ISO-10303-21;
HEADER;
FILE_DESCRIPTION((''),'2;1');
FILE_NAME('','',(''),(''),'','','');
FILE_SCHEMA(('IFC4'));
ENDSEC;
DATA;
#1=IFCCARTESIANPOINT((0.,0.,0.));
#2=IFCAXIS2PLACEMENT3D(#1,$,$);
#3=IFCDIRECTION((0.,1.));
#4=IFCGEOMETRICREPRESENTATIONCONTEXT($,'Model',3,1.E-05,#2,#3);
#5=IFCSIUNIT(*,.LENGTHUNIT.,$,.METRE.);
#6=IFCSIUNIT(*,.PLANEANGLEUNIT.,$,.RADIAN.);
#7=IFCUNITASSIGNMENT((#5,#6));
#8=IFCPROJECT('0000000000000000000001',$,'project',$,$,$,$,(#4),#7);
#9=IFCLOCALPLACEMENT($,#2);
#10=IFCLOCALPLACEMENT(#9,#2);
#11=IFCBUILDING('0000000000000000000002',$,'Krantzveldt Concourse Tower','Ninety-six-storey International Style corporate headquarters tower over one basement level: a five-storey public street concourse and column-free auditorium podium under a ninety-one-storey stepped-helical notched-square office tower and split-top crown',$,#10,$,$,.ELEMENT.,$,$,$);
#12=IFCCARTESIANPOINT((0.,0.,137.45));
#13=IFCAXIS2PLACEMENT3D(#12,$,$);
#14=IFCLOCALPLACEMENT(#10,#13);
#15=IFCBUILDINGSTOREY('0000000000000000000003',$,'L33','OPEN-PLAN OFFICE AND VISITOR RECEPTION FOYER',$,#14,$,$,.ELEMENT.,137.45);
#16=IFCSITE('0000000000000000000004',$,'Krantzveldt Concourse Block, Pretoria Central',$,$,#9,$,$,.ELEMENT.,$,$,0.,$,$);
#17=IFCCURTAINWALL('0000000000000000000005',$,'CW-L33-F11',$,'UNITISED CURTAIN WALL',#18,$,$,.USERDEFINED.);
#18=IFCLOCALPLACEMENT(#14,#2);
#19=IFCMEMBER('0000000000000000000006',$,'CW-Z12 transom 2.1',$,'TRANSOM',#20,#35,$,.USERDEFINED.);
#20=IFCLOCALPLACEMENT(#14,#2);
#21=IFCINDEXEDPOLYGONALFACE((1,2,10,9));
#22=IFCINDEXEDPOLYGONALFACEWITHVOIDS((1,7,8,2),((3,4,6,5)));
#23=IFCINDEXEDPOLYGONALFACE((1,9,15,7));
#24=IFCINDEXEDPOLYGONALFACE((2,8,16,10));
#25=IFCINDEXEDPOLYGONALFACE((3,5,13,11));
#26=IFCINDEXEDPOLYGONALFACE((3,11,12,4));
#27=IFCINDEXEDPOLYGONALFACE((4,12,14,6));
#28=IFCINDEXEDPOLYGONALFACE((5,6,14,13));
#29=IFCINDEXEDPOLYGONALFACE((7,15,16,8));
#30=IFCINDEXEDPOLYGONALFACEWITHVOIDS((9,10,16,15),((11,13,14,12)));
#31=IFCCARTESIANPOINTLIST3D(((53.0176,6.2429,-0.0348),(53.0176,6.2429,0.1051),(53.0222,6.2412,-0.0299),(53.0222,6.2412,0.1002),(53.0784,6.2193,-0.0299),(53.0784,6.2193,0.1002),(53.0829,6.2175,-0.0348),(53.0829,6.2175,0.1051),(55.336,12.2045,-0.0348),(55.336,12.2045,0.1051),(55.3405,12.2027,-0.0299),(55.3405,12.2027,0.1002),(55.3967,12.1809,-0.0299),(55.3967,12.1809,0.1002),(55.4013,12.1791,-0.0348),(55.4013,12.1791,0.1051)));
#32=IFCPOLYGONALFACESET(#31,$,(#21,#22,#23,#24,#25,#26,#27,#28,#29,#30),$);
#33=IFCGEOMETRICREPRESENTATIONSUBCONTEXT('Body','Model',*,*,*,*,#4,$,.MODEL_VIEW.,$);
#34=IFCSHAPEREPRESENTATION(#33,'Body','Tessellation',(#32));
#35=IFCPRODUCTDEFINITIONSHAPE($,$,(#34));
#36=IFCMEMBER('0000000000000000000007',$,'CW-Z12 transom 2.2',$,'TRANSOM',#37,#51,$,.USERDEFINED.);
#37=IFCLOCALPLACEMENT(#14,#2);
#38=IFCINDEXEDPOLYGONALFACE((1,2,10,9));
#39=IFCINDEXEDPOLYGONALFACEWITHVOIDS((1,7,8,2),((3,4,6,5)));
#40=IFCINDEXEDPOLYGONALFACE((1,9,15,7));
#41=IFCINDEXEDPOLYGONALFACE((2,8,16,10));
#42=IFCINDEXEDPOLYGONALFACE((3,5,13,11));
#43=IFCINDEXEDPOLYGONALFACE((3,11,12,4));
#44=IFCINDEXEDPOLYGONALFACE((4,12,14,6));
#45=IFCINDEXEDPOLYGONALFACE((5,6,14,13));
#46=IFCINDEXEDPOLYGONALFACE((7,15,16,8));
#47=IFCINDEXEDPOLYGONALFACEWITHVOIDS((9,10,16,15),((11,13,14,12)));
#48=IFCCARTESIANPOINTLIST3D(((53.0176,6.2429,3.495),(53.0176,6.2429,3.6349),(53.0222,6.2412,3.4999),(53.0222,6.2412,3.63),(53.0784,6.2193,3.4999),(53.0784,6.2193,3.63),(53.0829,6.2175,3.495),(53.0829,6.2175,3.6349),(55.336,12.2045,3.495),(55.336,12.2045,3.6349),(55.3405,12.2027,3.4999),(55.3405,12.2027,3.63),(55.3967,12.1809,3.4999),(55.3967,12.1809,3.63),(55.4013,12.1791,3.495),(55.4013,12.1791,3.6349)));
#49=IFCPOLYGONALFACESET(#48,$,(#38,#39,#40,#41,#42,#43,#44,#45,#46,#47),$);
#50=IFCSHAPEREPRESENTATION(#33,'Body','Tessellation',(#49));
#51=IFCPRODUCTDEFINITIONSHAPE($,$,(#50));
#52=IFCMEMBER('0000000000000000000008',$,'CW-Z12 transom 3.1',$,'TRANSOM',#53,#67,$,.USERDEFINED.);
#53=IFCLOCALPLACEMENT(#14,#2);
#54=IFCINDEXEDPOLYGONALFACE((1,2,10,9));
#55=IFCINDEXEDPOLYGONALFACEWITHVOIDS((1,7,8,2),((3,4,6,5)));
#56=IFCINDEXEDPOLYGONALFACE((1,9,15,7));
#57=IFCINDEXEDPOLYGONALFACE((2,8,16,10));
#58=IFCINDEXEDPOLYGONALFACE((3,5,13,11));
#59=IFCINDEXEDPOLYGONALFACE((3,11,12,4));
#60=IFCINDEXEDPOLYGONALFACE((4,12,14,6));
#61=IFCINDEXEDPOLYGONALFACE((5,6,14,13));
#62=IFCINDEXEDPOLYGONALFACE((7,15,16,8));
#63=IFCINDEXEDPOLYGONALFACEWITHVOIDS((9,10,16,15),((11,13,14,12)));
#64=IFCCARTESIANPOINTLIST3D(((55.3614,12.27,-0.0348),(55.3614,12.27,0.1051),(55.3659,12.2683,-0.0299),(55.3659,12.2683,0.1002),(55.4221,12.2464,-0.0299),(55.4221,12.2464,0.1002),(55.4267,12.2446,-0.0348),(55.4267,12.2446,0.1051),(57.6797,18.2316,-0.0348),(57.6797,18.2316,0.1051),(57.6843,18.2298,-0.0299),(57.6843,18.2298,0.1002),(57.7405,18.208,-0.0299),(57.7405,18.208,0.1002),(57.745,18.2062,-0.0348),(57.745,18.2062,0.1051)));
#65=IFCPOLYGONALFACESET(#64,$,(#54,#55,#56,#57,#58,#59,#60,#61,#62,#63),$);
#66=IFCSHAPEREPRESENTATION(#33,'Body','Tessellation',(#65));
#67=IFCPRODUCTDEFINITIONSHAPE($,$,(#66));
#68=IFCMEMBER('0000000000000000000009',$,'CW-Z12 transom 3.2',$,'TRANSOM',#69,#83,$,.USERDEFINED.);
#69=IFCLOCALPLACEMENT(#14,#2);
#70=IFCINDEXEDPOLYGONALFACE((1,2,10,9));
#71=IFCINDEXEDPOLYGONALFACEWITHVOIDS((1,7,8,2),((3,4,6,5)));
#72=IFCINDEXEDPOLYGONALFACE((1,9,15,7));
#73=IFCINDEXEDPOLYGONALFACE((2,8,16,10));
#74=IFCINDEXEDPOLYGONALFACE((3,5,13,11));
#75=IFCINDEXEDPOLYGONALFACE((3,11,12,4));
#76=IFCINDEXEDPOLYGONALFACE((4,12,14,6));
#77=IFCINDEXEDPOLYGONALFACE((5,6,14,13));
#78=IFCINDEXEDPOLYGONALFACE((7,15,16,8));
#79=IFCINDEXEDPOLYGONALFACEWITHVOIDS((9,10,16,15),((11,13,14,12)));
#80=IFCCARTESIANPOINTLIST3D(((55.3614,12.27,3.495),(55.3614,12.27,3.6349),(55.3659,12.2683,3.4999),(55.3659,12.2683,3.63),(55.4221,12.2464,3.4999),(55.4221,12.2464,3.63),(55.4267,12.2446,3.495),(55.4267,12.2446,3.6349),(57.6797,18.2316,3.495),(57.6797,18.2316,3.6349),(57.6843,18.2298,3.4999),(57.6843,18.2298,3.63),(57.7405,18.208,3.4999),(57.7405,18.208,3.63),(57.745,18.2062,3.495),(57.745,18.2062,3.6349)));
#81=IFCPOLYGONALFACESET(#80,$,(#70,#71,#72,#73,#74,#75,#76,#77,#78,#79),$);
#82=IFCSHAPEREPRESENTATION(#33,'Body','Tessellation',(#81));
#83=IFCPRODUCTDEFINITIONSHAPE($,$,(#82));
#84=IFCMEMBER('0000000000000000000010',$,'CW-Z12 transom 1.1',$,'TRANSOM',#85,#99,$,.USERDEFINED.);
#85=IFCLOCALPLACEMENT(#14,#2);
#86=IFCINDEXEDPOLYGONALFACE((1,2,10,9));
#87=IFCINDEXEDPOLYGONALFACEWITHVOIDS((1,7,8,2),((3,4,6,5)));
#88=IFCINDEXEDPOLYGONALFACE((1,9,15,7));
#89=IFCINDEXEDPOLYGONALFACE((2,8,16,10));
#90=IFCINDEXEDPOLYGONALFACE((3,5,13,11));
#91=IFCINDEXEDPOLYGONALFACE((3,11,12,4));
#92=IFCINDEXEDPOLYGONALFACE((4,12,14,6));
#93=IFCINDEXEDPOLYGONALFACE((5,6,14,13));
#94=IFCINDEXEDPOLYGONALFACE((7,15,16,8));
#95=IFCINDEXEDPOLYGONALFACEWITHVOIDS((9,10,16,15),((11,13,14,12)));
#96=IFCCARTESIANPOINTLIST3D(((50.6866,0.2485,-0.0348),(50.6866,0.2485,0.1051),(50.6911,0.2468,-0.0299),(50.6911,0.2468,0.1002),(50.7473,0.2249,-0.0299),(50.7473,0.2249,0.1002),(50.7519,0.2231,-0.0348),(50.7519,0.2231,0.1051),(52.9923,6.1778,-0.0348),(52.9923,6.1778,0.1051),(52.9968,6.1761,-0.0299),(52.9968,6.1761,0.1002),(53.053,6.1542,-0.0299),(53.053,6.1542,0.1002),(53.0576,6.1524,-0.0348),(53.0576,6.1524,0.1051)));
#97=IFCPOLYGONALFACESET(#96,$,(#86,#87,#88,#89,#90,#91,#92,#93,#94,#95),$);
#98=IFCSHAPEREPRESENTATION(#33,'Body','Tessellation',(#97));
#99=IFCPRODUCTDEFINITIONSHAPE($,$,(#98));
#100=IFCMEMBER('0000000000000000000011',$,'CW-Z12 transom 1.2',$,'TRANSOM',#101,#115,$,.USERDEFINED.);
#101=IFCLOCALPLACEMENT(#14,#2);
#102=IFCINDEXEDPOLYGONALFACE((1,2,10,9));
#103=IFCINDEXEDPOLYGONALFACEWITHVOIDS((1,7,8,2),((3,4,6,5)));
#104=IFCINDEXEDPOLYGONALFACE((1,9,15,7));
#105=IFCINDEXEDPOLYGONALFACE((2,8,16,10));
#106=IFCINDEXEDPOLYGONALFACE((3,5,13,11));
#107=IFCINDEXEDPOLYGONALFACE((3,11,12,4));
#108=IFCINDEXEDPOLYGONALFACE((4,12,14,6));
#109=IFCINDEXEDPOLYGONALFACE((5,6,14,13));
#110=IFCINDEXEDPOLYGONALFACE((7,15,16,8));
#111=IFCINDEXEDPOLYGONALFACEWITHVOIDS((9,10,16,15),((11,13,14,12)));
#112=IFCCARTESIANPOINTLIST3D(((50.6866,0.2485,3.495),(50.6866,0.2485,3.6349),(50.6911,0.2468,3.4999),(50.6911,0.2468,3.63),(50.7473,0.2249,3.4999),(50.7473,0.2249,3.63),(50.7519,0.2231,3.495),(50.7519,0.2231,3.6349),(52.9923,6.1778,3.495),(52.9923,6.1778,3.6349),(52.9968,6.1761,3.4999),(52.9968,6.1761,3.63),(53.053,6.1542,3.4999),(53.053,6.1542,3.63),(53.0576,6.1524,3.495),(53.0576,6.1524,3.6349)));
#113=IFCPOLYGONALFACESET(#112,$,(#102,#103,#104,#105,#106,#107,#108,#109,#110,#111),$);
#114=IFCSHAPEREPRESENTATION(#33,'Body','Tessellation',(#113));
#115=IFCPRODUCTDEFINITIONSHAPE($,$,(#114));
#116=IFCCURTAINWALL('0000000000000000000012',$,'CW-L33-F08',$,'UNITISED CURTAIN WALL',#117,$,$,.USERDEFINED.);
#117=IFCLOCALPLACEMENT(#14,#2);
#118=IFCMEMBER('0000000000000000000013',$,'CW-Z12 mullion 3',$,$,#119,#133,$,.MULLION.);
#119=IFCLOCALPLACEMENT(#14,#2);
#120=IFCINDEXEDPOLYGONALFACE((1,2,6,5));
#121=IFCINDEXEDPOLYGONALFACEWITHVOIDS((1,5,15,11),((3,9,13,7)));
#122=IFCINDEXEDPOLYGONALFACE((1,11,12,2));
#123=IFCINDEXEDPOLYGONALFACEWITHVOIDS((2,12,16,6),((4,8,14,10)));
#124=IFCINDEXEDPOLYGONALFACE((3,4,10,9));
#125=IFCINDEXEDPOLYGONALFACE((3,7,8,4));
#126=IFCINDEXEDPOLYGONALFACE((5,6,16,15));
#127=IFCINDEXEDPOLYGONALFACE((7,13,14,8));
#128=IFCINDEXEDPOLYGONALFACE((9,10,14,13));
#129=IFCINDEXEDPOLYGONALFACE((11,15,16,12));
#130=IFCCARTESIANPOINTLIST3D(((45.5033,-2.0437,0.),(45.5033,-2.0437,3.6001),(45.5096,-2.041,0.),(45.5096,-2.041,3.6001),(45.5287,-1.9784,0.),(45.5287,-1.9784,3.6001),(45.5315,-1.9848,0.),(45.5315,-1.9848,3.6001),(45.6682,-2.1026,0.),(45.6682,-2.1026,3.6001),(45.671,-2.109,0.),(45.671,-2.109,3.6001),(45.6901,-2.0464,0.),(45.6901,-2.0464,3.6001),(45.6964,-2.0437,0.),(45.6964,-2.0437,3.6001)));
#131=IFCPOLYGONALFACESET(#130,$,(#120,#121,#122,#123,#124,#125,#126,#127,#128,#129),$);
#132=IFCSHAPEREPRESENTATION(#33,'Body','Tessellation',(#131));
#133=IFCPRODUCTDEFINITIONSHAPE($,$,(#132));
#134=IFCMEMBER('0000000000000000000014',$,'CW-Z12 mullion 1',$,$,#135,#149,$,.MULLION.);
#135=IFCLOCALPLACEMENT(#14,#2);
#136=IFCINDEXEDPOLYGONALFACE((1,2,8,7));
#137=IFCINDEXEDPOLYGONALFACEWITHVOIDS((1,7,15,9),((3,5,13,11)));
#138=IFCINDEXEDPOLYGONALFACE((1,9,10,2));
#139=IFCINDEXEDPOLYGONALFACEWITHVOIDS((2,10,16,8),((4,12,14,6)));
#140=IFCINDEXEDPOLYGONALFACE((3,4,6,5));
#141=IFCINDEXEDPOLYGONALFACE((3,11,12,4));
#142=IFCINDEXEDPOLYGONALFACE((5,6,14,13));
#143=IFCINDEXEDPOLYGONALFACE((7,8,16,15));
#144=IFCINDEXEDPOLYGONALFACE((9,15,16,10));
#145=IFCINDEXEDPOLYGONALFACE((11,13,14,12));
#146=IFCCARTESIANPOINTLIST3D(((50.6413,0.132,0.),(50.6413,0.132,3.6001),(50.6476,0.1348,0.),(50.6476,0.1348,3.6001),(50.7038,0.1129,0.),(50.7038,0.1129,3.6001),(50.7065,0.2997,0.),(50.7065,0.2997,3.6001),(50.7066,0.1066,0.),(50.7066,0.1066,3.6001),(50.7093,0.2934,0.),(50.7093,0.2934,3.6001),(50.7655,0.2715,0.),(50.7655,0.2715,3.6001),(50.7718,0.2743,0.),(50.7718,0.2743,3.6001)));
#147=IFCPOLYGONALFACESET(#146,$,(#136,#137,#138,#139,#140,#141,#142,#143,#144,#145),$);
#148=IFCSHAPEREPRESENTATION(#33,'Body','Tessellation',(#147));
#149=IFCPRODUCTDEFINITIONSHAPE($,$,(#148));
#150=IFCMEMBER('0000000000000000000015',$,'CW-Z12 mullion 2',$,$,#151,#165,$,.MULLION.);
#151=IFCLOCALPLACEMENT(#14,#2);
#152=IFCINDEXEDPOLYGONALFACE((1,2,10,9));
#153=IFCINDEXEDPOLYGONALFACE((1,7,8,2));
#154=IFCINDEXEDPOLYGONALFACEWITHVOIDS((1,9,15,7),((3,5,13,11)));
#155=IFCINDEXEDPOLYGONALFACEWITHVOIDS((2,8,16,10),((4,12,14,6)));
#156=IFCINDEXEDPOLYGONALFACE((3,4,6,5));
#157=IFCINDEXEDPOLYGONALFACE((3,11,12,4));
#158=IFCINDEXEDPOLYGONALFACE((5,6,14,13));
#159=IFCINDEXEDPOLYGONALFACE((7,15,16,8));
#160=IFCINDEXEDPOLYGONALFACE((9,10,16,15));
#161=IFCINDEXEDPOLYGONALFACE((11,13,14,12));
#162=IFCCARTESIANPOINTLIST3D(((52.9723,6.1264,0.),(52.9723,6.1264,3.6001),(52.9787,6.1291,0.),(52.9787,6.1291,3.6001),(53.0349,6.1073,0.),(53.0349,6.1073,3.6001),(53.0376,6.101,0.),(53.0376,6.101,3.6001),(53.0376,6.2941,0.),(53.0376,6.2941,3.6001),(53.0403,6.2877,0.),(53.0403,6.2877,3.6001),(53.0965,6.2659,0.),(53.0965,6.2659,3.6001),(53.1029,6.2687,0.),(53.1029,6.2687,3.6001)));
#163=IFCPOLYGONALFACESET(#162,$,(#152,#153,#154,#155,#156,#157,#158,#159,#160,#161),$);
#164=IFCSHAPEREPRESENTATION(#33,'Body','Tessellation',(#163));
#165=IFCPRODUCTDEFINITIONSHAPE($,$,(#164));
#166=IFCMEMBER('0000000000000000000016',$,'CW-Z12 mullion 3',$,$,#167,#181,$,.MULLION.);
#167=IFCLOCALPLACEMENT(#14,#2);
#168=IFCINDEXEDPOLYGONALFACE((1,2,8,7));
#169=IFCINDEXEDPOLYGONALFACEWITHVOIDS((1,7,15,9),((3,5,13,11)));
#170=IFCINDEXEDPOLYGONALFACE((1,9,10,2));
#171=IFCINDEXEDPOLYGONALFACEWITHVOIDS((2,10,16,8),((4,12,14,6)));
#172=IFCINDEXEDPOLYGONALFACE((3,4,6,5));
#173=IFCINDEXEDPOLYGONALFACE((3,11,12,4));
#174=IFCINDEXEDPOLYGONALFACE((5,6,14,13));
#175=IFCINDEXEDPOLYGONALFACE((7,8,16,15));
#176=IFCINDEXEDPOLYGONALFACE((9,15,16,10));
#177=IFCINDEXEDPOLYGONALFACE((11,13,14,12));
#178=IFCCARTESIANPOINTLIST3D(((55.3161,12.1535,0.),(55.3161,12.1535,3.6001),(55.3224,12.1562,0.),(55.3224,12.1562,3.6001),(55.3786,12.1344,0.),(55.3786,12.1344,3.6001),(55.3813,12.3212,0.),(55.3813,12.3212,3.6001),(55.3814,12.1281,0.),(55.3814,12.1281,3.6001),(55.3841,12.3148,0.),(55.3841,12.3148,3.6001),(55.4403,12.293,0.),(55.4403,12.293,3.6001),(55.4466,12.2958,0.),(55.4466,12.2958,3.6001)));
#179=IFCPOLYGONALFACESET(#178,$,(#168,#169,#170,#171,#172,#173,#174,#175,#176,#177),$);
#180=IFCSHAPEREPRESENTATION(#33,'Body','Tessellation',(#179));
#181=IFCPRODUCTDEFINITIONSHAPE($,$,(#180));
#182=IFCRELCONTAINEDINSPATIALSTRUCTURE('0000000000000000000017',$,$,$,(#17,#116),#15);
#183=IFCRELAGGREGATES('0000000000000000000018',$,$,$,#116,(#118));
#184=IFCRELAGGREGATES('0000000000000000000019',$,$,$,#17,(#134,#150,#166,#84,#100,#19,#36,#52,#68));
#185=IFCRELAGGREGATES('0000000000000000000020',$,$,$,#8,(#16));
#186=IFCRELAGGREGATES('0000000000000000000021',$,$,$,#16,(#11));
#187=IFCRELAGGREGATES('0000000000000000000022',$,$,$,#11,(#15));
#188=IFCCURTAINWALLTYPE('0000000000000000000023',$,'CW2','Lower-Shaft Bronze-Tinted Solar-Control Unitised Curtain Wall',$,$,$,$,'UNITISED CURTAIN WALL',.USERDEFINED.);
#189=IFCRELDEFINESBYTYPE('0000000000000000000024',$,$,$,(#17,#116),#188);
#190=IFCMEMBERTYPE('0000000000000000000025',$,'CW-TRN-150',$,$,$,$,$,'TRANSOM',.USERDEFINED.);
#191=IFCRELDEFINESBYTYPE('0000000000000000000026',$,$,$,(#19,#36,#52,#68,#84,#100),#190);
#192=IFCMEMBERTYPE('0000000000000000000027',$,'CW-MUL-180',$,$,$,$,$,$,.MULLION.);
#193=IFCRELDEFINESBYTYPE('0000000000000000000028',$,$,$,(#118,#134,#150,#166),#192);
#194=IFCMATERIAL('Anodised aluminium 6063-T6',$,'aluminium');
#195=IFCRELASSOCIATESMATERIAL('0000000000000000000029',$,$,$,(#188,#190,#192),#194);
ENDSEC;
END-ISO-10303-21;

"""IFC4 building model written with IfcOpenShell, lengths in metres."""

from ifc_helpers import new_model, si_unit, direction, frame, origin, origin_2d, place, context, subcontext, project, spatial, hollow_rectangle, extrude, source, transform, mapped, material, material_profile, profile_set, type_object, type_shapes, element, aggregate, save


model = new_model("IFC4")

# Units and contexts
model_context = context("Model", 3, precision=1e-05, world=origin(), true_north=direction((0.0, 1.0)))
body_context = subcontext(model_context, "Body", "Model", "MODEL_VIEW")
ifc_project = project(units=[si_unit("LENGTHUNIT", "METRE"), si_unit("PLANEANGLEUNIT", "RADIAN")], contexts=[model_context])

# Site, building, storey
site_placement = place(None, origin())
site = spatial("IfcSite", under=ifc_project, at=site_placement, Name="Krantzveldt Concourse Block, Pretoria Central", CompositionType="ELEMENT", RefElevation=0.0)
building_placement = place(site_placement, origin())
building = spatial("IfcBuilding", under=site, at=building_placement, Name="Krantzveldt Concourse Tower", Description="Ninety-six-storey International Style corporate headquarters tower over one basement level: a five-storey public street concourse and column-free auditorium podium under a ninety-one-storey stepped-helical notched-square office tower and split-top crown", CompositionType="ELEMENT")
storey_placement = place(building_placement, frame((0.0, 0.0, 137.45)))
storey = spatial("IfcBuildingStorey", under=building, at=storey_placement, Name="L33", Description="OPEN-PLAN OFFICE AND VISITOR RECEPTION FOYER", CompositionType="ELEMENT", Elevation=137.45)

# Curtain wall, members
ifc_material_1 = material(Name="Anodised aluminium 6063-T6", Category="aluminium")
curtain_wall_type = type_object("IfcCurtainWallType", Name="CW2", Description="Lower-Shaft Bronze-Tinted Solar-Control Unitised Curtain Wall", ElementType="UNITISED CURTAIN WALL", PredefinedType="USERDEFINED", material=ifc_material_1)
curtain_wall_1_placement = place(storey_placement, origin())
curtain_wall_1 = element("IfcCurtainWall", 1, at=curtain_wall_1_placement, inside=storey, type_object=curtain_wall_type, Name="CW-L33-F11", ObjectType="UNITISED CURTAIN WALL", PredefinedType="USERDEFINED")
ifc_material_profile_1 = material_profile(ifc_material_1, hollow_rectangle(XDim=0.0701, YDim=0.1399, WallThickness=0.0049, at=origin_2d()), Name="Anodised aluminium 6063-T6", Category="aluminium")
ifc_profile_set_1 = profile_set([ifc_material_profile_1], Name="Anodised aluminium 6063-T6 - ALU-TRAN 140x70x5")
member_type_1 = type_object("IfcMemberType", Name="CW-TRN-150", ElementType="TRANSOM", PredefinedType="USERDEFINED", material=ifc_profile_set_1)
shared_shape_1 = source(origin(), body_context, "Body", "SweptSolid", [
    extrude(hollow_rectangle(XDim=0.0701, YDim=0.1399, WallThickness=0.0049, at=origin_2d()), origin(), (0.0, 0.0, 1.0), 6.3965),
])
member_1_placement = place(storey_placement, frame((53.0503, 6.2302, 0.0352), z_axis=(0.362437, 0.932008, 0.0), x_axis=(-0.932008, 0.362437, 0.0)))
member_1 = element("IfcMember", 2, at=member_1_placement, type_object=member_type_1, Name="CW-Z12 transom 2.1", ObjectType="TRANSOM", PredefinedType="USERDEFINED", context=body_context, shape_type="MappedRepresentation", body=[
    mapped(shared_shape_1, transform((0.0, 0.0, 0.0), x_axis=(1.0, 0.0, 0.0), y_axis=(0.0, 1.0, 0.0), z_axis=(0.0, 0.0, 1.0), scale=1.0)),
])
member_2_placement = place(storey_placement, frame((53.0503, 6.2302, 3.5649), z_axis=(0.362437, 0.932008, 0.0), x_axis=(-0.932008, 0.362437, 0.0)))
member_2 = element("IfcMember", 3, at=member_2_placement, type_object=member_type_1, Name="CW-Z12 transom 2.2", ObjectType="TRANSOM", PredefinedType="USERDEFINED", context=body_context, shape_type="MappedRepresentation", body=[
    mapped(shared_shape_1, transform((0.0, 0.0, 0.0), x_axis=(1.0, 0.0, 0.0), y_axis=(0.0, 1.0, 0.0), z_axis=(0.0, 0.0, 1.0), scale=1.0)),
])
member_3_placement = place(storey_placement, frame((55.394, 12.2573, 0.0352), z_axis=(0.362437, 0.932008, 0.0), x_axis=(-0.932008, 0.362437, 0.0)))
member_3 = element("IfcMember", 4, at=member_3_placement, type_object=member_type_1, Name="CW-Z12 transom 3.1", ObjectType="TRANSOM", PredefinedType="USERDEFINED", context=body_context, shape_type="MappedRepresentation", body=[
    mapped(shared_shape_1, transform((0.0, 0.0, 0.0), x_axis=(1.0, 0.0, 0.0), y_axis=(0.0, 1.0, 0.0), z_axis=(0.0, 0.0, 1.0), scale=1.0)),
])
member_4_placement = place(storey_placement, frame((55.394, 12.2573, 3.5649), z_axis=(0.362437, 0.932008, 0.0), x_axis=(-0.932008, 0.362437, 0.0)))
member_4 = element("IfcMember", 5, at=member_4_placement, type_object=member_type_1, Name="CW-Z12 transom 3.2", ObjectType="TRANSOM", PredefinedType="USERDEFINED", context=body_context, shape_type="MappedRepresentation", body=[
    mapped(shared_shape_1, transform((0.0, 0.0, 0.0), x_axis=(1.0, 0.0, 0.0), y_axis=(0.0, 1.0, 0.0), z_axis=(0.0, 0.0, 1.0), scale=1.0)),
])
shared_shape_2 = source(origin(), body_context, "Body", "SweptSolid", [
    extrude(hollow_rectangle(XDim=0.0701, YDim=0.1399, WallThickness=0.0049, at=origin_2d()), origin(), (0.0, 0.0, 1.0), 6.3618),
])
type_shapes(member_type_1, [shared_shape_1, shared_shape_2])
member_5_placement = place(storey_placement, frame((50.7192, 0.2358, 0.0352), z_axis=(0.362428, 0.932012, 0.0), x_axis=(-0.932012, 0.362428, 0.0)))
member_5 = element("IfcMember", 6, at=member_5_placement, type_object=member_type_1, Name="CW-Z12 transom 1.1", ObjectType="TRANSOM", PredefinedType="USERDEFINED", context=body_context, shape_type="MappedRepresentation", body=[
    mapped(shared_shape_2, transform((0.0, 0.0, 0.0), x_axis=(1.0, 0.0, 0.0), y_axis=(0.0, 1.0, 0.0), z_axis=(0.0, 0.0, 1.0), scale=1.0)),
])
member_6_placement = place(storey_placement, frame((50.7192, 0.2358, 3.5649), z_axis=(0.362428, 0.932012, 0.0), x_axis=(-0.932012, 0.362428, 0.0)))
member_6 = element("IfcMember", 7, at=member_6_placement, type_object=member_type_1, Name="CW-Z12 transom 1.2", ObjectType="TRANSOM", PredefinedType="USERDEFINED", context=body_context, shape_type="MappedRepresentation", body=[
    mapped(shared_shape_2, transform((0.0, 0.0, 0.0), x_axis=(1.0, 0.0, 0.0), y_axis=(0.0, 1.0, 0.0), z_axis=(0.0, 0.0, 1.0), scale=1.0)),
])

# Curtain wall, member
curtain_wall_2_placement = place(storey_placement, origin())
curtain_wall_2 = element("IfcCurtainWall", 8, at=curtain_wall_2_placement, inside=storey, type_object=curtain_wall_type, Name="CW-L33-F08", ObjectType="UNITISED CURTAIN WALL", PredefinedType="USERDEFINED")
ifc_material_profile_2 = material_profile(ifc_material_1, hollow_rectangle(XDim=0.0701, YDim=0.1799, WallThickness=0.0049, at=origin_2d()), Name="Anodised aluminium 6063-T6", Category="aluminium")
ifc_profile_set_2 = profile_set([ifc_material_profile_2], Name="Anodised aluminium 6063-T6 - ALU-MULL 180x70x5")
member_type_2 = type_object("IfcMemberType", Name="CW-MUL-180", PredefinedType="MULLION", material=ifc_profile_set_2)
shared_shape_3 = source(origin(), body_context, "Body", "SweptSolid", [
    extrude(hollow_rectangle(XDim=0.0701, YDim=0.1799, WallThickness=0.0049, at=origin_2d()), origin(), (0.0, 0.0, 1.0), 3.6001),
])
type_shapes(member_type_2, [shared_shape_3])
member_7_placement = place(storey_placement, frame((45.5999, -2.0437, 0.0), z_axis=(0.0, 0.0, 1.0), x_axis=(0.362438, 0.932008, 0.0)))
member_7 = element("IfcMember", 9, at=member_7_placement, type_object=member_type_2, Name="CW-Z12 mullion 3", PredefinedType="MULLION", context=body_context, shape_type="MappedRepresentation", body=[
    mapped(shared_shape_3, transform((0.0, 0.0, 0.0), x_axis=(1.0, 0.0, 0.0), y_axis=(0.0, 1.0, 0.0), z_axis=(0.0, 0.0, 1.0), scale=1.0)),
])
aggregate(curtain_wall_2, [member_7])

# Members
member_8_placement = place(storey_placement, frame((50.7065, 0.2031, 0.0), z_axis=(0.0, 0.0, 1.0), x_axis=(-0.932008, 0.362438, 0.0)))
member_8 = element("IfcMember", 10, at=member_8_placement, type_object=member_type_2, Name="CW-Z12 mullion 1", PredefinedType="MULLION", context=body_context, shape_type="MappedRepresentation", body=[
    mapped(shared_shape_3, transform((0.0, 0.0, 0.0), x_axis=(1.0, 0.0, 0.0), y_axis=(0.0, 1.0, 0.0), z_axis=(0.0, 0.0, 1.0), scale=1.0)),
])
member_9_placement = place(storey_placement, frame((53.0376, 6.1975, 0.0), z_axis=(0.0, 0.0, 1.0), x_axis=(-0.932008, 0.362438, 0.0)))
member_9 = element("IfcMember", 11, at=member_9_placement, type_object=member_type_2, Name="CW-Z12 mullion 2", PredefinedType="MULLION", context=body_context, shape_type="MappedRepresentation", body=[
    mapped(shared_shape_3, transform((0.0, 0.0, 0.0), x_axis=(1.0, 0.0, 0.0), y_axis=(0.0, 1.0, 0.0), z_axis=(0.0, 0.0, 1.0), scale=1.0)),
])
member_10_placement = place(storey_placement, frame((55.3813, 12.2246, 0.0), z_axis=(0.0, 0.0, 1.0), x_axis=(-0.932008, 0.362438, 0.0)))
member_10 = element("IfcMember", 12, at=member_10_placement, type_object=member_type_2, Name="CW-Z12 mullion 3", PredefinedType="MULLION", context=body_context, shape_type="MappedRepresentation", body=[
    mapped(shared_shape_3, transform((0.0, 0.0, 0.0), x_axis=(1.0, 0.0, 0.0), y_axis=(0.0, 1.0, 0.0), z_axis=(0.0, 0.0, 1.0), scale=1.0)),
])

aggregate(curtain_wall_1, [member_8, member_9, member_10, member_5, member_6, member_1, member_2, member_3, member_4])

save(model, "model.ifc")
